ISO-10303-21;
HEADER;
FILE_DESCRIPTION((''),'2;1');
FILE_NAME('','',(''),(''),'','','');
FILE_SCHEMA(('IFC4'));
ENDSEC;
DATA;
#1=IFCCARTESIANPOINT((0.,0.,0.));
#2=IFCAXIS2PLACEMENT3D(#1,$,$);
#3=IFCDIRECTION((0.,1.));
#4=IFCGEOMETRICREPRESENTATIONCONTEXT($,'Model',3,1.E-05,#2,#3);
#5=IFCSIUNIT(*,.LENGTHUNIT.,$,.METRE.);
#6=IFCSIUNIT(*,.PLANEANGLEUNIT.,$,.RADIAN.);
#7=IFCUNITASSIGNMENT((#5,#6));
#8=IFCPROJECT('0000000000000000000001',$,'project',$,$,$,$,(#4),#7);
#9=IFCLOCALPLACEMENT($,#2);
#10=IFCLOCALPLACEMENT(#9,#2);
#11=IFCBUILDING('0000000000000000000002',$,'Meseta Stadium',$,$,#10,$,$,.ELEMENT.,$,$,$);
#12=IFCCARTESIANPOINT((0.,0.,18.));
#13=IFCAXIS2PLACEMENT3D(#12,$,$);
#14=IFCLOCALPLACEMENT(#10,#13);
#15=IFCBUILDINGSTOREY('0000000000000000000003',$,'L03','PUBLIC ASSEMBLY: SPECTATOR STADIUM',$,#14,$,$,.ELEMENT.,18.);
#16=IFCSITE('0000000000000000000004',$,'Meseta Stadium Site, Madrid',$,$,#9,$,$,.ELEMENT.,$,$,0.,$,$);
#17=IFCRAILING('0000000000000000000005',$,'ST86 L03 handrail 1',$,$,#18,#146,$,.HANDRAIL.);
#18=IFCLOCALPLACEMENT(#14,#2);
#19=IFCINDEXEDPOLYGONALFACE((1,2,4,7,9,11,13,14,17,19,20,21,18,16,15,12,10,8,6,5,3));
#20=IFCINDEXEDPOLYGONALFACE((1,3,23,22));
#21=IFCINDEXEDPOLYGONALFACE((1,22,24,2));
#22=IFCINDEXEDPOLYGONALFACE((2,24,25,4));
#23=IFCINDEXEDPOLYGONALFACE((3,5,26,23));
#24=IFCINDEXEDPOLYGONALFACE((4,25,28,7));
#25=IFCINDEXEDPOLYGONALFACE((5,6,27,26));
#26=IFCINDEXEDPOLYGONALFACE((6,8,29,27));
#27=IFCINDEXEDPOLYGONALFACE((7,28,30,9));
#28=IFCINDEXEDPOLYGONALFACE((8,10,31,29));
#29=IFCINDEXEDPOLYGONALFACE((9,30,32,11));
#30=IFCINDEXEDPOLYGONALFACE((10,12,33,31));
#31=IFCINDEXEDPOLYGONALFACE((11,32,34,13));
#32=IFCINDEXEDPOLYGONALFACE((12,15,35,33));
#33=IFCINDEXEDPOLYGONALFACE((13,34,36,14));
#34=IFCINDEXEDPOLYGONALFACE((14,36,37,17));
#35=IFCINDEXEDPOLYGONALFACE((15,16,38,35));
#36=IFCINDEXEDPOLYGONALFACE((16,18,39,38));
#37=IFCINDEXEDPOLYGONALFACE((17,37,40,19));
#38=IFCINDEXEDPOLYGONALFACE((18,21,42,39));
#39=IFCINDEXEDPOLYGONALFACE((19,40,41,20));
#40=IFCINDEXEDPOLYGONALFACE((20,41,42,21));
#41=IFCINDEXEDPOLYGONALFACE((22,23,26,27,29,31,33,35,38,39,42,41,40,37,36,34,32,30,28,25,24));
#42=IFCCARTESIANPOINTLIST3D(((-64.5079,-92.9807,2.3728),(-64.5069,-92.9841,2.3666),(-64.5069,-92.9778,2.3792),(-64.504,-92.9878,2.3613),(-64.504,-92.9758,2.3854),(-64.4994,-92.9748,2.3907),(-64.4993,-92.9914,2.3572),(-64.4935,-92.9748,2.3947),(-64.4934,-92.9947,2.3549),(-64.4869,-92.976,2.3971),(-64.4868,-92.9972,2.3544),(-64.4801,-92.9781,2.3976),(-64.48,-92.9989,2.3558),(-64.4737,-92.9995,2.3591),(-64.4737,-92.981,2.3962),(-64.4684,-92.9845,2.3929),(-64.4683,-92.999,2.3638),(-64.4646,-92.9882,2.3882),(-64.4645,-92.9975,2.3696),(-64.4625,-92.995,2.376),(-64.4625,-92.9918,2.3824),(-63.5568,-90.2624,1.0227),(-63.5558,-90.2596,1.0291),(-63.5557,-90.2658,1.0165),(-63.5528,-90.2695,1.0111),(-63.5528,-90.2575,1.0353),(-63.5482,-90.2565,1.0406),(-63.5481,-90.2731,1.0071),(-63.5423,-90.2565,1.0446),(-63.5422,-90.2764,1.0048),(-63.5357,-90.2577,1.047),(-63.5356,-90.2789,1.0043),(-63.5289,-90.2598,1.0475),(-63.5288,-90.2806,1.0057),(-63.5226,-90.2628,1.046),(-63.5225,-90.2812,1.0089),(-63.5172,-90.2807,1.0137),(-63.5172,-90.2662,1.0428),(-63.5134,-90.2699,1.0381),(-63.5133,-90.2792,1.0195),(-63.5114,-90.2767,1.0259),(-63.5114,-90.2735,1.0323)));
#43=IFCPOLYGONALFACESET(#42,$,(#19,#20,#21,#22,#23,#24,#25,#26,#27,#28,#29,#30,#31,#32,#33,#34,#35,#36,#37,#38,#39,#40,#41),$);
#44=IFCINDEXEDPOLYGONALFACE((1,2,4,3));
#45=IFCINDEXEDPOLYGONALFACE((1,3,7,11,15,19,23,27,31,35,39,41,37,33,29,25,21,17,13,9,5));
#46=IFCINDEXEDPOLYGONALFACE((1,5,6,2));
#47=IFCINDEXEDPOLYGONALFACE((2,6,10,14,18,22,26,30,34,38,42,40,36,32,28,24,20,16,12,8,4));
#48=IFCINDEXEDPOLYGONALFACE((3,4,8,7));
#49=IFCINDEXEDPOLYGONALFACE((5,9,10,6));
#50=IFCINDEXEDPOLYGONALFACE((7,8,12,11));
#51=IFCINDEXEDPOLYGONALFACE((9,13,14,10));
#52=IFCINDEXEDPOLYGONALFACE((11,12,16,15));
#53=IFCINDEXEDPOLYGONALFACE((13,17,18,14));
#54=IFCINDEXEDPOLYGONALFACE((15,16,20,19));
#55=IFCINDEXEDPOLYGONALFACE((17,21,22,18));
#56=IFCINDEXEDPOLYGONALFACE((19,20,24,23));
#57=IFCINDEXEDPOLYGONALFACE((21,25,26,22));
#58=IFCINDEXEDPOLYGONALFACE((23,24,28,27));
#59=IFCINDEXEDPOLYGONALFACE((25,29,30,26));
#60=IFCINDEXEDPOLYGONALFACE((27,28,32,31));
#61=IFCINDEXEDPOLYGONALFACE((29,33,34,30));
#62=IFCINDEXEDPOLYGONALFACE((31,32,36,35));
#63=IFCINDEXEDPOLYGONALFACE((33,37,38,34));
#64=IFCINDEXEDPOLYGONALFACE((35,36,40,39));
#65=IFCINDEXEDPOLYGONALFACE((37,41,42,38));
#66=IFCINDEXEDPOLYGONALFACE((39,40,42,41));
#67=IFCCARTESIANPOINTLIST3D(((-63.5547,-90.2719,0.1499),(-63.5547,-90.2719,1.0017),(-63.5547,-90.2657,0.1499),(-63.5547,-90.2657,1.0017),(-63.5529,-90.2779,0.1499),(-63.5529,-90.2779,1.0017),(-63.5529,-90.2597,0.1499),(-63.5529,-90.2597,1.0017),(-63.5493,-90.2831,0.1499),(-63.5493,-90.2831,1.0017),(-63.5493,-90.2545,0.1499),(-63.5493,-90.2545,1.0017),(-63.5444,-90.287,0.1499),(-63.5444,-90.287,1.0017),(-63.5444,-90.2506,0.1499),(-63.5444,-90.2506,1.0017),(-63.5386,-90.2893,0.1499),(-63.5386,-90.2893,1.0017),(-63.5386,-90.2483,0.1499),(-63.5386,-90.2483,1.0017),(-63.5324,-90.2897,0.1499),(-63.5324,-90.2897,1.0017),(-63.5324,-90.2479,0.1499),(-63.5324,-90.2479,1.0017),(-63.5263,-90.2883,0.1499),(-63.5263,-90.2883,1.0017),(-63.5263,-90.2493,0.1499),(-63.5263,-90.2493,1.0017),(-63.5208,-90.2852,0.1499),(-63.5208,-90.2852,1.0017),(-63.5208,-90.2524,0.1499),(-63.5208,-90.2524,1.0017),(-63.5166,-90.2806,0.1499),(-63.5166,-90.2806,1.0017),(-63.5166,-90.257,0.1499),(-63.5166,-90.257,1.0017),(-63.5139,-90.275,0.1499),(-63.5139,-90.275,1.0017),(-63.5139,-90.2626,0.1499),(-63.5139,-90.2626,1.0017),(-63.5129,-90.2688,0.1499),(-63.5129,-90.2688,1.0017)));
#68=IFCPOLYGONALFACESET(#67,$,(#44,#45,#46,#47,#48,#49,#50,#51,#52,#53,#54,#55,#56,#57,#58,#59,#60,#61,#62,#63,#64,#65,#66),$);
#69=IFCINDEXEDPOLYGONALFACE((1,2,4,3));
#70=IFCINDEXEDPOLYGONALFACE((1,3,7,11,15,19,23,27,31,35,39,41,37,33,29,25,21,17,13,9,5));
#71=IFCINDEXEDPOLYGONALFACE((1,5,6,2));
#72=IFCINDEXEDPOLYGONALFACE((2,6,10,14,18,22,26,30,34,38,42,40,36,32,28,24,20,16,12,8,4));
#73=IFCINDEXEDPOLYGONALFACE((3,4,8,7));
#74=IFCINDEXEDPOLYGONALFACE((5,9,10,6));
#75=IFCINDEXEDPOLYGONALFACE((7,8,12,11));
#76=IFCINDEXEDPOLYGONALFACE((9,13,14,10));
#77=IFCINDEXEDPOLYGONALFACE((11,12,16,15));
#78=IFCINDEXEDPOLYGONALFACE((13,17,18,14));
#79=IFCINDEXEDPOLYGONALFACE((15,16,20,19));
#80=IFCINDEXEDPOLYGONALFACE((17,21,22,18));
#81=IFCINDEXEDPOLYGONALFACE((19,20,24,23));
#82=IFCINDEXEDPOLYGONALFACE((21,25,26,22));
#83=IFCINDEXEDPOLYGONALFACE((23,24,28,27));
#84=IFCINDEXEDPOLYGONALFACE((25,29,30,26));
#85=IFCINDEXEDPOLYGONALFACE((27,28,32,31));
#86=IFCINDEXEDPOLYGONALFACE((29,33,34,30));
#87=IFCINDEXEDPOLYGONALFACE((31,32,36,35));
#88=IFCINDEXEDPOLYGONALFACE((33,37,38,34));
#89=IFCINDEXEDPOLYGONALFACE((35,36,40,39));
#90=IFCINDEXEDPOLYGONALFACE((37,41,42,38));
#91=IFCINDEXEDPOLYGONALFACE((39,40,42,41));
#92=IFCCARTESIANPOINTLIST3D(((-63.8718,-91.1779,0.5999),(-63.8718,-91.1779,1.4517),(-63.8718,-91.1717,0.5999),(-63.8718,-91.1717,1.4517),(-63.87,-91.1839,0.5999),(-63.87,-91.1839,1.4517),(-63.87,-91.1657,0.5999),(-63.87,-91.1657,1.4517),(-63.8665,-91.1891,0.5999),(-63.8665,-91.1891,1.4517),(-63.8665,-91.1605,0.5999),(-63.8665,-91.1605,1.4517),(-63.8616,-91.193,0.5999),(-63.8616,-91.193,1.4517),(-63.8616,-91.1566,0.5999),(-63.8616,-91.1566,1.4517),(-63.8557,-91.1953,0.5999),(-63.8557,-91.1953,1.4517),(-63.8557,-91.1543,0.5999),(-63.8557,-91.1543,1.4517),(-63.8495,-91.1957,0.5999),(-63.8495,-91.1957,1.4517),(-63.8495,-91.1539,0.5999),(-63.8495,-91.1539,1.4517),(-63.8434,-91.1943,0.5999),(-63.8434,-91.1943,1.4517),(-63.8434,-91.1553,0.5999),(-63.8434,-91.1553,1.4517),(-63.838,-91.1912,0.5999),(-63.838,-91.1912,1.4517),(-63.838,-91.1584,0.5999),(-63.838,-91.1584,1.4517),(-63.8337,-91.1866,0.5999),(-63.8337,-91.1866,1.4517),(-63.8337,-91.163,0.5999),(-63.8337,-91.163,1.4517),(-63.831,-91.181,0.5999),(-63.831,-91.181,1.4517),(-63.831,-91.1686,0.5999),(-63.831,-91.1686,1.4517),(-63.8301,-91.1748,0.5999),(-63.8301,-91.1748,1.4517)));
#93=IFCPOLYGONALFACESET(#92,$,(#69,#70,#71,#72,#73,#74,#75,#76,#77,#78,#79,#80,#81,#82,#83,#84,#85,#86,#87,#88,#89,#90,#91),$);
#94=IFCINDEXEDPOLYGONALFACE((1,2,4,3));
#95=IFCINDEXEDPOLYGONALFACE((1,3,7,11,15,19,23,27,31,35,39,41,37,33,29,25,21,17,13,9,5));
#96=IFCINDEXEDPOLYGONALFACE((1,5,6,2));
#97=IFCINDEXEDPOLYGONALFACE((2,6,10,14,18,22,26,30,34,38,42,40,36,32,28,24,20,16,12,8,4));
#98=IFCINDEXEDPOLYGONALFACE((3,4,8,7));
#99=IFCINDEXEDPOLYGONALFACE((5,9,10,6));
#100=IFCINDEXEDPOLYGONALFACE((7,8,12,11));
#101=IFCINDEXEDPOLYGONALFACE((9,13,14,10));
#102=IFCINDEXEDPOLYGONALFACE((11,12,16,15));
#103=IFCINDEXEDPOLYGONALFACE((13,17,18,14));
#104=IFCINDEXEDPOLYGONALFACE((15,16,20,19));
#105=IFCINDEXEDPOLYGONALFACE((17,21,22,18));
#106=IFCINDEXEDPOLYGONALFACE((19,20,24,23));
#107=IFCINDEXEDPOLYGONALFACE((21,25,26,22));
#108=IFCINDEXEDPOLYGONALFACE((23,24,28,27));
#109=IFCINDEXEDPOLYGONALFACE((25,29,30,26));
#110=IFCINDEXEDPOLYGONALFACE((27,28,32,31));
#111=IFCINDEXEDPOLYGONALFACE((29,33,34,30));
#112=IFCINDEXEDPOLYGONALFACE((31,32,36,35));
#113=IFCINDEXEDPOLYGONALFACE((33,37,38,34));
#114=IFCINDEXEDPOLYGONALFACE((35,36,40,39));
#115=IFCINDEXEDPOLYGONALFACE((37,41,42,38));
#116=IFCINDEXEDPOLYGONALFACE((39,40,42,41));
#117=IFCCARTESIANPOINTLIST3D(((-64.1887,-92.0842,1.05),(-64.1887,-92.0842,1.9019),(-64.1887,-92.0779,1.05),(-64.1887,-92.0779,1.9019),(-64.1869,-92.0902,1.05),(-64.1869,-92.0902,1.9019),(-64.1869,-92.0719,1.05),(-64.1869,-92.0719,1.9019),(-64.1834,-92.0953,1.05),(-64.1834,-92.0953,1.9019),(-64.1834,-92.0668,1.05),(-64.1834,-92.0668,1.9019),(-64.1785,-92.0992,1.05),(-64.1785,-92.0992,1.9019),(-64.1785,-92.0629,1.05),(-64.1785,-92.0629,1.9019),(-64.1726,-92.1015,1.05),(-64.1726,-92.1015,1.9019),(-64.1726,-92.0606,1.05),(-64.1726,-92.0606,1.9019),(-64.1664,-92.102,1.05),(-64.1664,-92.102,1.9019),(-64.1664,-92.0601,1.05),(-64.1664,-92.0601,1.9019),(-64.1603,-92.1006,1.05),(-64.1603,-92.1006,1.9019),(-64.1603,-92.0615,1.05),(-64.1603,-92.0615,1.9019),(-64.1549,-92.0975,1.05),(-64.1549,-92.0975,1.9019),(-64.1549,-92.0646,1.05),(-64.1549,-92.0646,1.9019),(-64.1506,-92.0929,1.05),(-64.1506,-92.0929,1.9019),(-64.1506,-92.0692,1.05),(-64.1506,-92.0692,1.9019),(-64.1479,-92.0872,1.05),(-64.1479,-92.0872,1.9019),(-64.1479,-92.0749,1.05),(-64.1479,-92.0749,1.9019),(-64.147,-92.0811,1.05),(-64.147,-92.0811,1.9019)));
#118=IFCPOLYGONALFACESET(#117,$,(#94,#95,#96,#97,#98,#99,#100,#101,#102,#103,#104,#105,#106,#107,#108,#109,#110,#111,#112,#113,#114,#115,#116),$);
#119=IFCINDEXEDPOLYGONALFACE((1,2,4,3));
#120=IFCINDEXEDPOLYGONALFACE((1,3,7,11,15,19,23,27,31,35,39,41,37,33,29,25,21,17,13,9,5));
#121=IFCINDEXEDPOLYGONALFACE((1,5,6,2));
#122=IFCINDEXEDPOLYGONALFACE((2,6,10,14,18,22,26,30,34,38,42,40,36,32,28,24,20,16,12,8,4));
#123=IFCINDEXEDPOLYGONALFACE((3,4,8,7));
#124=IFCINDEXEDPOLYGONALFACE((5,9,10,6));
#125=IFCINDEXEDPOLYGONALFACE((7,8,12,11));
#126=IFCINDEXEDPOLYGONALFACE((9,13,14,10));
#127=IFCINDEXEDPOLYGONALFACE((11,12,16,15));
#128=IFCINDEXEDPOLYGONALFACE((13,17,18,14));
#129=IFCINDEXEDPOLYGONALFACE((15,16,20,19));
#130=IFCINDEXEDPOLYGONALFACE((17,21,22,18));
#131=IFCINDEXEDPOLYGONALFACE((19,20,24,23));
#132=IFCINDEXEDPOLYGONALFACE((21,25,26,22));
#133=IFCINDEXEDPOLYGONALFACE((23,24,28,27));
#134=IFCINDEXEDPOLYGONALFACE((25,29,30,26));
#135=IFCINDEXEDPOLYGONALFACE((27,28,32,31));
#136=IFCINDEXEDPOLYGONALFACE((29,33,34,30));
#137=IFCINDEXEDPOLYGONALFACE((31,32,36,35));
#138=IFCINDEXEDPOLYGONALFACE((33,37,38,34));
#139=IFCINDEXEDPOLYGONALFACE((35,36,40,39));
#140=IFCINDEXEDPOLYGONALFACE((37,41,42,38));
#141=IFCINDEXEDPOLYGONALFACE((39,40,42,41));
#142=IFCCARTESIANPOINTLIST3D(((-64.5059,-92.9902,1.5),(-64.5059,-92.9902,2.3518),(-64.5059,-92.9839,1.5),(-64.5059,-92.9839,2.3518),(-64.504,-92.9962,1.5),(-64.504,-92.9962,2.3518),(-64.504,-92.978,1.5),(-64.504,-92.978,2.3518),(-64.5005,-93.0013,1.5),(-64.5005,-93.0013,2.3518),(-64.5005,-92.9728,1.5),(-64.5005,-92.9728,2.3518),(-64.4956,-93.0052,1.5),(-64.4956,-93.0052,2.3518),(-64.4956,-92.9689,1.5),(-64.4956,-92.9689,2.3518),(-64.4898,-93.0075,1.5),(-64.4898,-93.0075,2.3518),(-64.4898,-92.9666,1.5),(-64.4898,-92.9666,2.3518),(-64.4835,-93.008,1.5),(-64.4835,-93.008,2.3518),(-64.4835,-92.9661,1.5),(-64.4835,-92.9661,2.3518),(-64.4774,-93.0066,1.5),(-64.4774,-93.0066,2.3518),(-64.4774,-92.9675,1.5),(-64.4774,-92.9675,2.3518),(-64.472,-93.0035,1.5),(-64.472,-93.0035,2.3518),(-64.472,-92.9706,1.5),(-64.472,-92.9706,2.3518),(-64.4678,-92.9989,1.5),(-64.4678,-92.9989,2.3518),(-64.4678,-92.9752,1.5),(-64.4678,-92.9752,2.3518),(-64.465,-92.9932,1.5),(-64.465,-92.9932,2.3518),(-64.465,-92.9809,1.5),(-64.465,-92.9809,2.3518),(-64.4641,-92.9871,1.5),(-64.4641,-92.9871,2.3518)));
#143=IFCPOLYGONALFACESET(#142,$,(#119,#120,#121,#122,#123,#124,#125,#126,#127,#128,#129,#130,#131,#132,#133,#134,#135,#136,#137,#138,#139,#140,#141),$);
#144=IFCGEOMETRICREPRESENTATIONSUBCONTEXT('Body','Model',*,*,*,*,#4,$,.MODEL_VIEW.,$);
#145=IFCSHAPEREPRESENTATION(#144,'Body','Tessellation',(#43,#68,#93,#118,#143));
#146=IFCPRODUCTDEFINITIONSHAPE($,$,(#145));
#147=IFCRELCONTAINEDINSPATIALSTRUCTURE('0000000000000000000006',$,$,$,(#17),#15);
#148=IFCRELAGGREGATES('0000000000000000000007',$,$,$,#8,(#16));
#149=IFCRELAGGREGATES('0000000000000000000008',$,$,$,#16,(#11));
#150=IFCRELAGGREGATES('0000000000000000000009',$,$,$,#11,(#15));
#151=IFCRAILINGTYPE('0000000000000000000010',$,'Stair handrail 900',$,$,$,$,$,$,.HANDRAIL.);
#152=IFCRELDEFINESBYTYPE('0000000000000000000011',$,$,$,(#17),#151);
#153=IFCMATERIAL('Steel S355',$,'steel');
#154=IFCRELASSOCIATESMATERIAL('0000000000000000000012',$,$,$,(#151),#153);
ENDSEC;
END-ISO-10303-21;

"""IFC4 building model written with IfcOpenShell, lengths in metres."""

from ifc_helpers import new_model, si_unit, direction, frame, origin, origin_2d, place, context, subcontext, project, spatial, circle, extrude, material, type_object, element, save


model = new_model("IFC4")

# Units and contexts
model_context = context("Model", 3, precision=1e-05, world=origin(), true_north=direction((0.0, 1.0)))
body_context = subcontext(model_context, "Body", "Model", "MODEL_VIEW")
ifc_project = project(units=[si_unit("LENGTHUNIT", "METRE"), si_unit("PLANEANGLEUNIT", "RADIAN")], contexts=[model_context])

# Site, building, storey
site_placement = place(None, origin())
site = spatial("IfcSite", under=ifc_project, at=site_placement, Name="Meseta Stadium Site, Madrid", CompositionType="ELEMENT", RefElevation=0.0)
building_placement = place(site_placement, origin())
building = spatial("IfcBuilding", under=site, at=building_placement, Name="Meseta Stadium", CompositionType="ELEMENT")
storey_placement = place(building_placement, frame((0.0, 0.0, 18.0)))
storey = spatial("IfcBuildingStorey", under=building, at=storey_placement, Name="L03", Description="PUBLIC ASSEMBLY: SPECTATOR STADIUM", CompositionType="ELEMENT", Elevation=18.0)

# Railing
ifc_material_1 = material(Name="Steel S355", Category="steel")
railing_type_1 = type_object("IfcRailingType", Name="Stair handrail 900", PredefinedType="HANDRAIL", material=ifc_material_1)
for number, where, name in (
    (1, (-63.5339, -90.2688, 0.1499), "ST86 L03 handrail 1"),
):
    element("IfcRailing", number, at=place(storey_placement, frame(where)), inside=storey, type_object=railing_type_1, Name=name, PredefinedType="HANDRAIL", context=body_context, shape_type="SweptSolid", body=[
        extrude(circle(Radius=0.0239, at=origin_2d()), frame((0.0, 0.0, 0.876), z_axis=(-0.299051, -0.854629, 0.424474), x_axis=(0.943882, -0.330282, 0.0)), (0.0, 0.0, 1.0), 3.1807),
        extrude(circle(Radius=0.021, at=origin_2d()), origin(), (0.0, 0.0, 1.0), 0.8518),
        extrude(circle(Radius=0.021, at=origin_2d()), frame((-0.3171, -0.906, 0.45)), (0.0, 0.0, 1.0), 0.8518),
        extrude(circle(Radius=0.021, at=origin_2d()), frame((-0.634, -1.8123, 0.9001)), (0.0, 0.0, 1.0), 0.8518),
        extrude(circle(Radius=0.021, at=origin_2d()), frame((-0.9512, -2.7183, 1.3501)), (0.0, 0.0, 1.0), 0.8518),
    ])

save(model, "model.ifc")
